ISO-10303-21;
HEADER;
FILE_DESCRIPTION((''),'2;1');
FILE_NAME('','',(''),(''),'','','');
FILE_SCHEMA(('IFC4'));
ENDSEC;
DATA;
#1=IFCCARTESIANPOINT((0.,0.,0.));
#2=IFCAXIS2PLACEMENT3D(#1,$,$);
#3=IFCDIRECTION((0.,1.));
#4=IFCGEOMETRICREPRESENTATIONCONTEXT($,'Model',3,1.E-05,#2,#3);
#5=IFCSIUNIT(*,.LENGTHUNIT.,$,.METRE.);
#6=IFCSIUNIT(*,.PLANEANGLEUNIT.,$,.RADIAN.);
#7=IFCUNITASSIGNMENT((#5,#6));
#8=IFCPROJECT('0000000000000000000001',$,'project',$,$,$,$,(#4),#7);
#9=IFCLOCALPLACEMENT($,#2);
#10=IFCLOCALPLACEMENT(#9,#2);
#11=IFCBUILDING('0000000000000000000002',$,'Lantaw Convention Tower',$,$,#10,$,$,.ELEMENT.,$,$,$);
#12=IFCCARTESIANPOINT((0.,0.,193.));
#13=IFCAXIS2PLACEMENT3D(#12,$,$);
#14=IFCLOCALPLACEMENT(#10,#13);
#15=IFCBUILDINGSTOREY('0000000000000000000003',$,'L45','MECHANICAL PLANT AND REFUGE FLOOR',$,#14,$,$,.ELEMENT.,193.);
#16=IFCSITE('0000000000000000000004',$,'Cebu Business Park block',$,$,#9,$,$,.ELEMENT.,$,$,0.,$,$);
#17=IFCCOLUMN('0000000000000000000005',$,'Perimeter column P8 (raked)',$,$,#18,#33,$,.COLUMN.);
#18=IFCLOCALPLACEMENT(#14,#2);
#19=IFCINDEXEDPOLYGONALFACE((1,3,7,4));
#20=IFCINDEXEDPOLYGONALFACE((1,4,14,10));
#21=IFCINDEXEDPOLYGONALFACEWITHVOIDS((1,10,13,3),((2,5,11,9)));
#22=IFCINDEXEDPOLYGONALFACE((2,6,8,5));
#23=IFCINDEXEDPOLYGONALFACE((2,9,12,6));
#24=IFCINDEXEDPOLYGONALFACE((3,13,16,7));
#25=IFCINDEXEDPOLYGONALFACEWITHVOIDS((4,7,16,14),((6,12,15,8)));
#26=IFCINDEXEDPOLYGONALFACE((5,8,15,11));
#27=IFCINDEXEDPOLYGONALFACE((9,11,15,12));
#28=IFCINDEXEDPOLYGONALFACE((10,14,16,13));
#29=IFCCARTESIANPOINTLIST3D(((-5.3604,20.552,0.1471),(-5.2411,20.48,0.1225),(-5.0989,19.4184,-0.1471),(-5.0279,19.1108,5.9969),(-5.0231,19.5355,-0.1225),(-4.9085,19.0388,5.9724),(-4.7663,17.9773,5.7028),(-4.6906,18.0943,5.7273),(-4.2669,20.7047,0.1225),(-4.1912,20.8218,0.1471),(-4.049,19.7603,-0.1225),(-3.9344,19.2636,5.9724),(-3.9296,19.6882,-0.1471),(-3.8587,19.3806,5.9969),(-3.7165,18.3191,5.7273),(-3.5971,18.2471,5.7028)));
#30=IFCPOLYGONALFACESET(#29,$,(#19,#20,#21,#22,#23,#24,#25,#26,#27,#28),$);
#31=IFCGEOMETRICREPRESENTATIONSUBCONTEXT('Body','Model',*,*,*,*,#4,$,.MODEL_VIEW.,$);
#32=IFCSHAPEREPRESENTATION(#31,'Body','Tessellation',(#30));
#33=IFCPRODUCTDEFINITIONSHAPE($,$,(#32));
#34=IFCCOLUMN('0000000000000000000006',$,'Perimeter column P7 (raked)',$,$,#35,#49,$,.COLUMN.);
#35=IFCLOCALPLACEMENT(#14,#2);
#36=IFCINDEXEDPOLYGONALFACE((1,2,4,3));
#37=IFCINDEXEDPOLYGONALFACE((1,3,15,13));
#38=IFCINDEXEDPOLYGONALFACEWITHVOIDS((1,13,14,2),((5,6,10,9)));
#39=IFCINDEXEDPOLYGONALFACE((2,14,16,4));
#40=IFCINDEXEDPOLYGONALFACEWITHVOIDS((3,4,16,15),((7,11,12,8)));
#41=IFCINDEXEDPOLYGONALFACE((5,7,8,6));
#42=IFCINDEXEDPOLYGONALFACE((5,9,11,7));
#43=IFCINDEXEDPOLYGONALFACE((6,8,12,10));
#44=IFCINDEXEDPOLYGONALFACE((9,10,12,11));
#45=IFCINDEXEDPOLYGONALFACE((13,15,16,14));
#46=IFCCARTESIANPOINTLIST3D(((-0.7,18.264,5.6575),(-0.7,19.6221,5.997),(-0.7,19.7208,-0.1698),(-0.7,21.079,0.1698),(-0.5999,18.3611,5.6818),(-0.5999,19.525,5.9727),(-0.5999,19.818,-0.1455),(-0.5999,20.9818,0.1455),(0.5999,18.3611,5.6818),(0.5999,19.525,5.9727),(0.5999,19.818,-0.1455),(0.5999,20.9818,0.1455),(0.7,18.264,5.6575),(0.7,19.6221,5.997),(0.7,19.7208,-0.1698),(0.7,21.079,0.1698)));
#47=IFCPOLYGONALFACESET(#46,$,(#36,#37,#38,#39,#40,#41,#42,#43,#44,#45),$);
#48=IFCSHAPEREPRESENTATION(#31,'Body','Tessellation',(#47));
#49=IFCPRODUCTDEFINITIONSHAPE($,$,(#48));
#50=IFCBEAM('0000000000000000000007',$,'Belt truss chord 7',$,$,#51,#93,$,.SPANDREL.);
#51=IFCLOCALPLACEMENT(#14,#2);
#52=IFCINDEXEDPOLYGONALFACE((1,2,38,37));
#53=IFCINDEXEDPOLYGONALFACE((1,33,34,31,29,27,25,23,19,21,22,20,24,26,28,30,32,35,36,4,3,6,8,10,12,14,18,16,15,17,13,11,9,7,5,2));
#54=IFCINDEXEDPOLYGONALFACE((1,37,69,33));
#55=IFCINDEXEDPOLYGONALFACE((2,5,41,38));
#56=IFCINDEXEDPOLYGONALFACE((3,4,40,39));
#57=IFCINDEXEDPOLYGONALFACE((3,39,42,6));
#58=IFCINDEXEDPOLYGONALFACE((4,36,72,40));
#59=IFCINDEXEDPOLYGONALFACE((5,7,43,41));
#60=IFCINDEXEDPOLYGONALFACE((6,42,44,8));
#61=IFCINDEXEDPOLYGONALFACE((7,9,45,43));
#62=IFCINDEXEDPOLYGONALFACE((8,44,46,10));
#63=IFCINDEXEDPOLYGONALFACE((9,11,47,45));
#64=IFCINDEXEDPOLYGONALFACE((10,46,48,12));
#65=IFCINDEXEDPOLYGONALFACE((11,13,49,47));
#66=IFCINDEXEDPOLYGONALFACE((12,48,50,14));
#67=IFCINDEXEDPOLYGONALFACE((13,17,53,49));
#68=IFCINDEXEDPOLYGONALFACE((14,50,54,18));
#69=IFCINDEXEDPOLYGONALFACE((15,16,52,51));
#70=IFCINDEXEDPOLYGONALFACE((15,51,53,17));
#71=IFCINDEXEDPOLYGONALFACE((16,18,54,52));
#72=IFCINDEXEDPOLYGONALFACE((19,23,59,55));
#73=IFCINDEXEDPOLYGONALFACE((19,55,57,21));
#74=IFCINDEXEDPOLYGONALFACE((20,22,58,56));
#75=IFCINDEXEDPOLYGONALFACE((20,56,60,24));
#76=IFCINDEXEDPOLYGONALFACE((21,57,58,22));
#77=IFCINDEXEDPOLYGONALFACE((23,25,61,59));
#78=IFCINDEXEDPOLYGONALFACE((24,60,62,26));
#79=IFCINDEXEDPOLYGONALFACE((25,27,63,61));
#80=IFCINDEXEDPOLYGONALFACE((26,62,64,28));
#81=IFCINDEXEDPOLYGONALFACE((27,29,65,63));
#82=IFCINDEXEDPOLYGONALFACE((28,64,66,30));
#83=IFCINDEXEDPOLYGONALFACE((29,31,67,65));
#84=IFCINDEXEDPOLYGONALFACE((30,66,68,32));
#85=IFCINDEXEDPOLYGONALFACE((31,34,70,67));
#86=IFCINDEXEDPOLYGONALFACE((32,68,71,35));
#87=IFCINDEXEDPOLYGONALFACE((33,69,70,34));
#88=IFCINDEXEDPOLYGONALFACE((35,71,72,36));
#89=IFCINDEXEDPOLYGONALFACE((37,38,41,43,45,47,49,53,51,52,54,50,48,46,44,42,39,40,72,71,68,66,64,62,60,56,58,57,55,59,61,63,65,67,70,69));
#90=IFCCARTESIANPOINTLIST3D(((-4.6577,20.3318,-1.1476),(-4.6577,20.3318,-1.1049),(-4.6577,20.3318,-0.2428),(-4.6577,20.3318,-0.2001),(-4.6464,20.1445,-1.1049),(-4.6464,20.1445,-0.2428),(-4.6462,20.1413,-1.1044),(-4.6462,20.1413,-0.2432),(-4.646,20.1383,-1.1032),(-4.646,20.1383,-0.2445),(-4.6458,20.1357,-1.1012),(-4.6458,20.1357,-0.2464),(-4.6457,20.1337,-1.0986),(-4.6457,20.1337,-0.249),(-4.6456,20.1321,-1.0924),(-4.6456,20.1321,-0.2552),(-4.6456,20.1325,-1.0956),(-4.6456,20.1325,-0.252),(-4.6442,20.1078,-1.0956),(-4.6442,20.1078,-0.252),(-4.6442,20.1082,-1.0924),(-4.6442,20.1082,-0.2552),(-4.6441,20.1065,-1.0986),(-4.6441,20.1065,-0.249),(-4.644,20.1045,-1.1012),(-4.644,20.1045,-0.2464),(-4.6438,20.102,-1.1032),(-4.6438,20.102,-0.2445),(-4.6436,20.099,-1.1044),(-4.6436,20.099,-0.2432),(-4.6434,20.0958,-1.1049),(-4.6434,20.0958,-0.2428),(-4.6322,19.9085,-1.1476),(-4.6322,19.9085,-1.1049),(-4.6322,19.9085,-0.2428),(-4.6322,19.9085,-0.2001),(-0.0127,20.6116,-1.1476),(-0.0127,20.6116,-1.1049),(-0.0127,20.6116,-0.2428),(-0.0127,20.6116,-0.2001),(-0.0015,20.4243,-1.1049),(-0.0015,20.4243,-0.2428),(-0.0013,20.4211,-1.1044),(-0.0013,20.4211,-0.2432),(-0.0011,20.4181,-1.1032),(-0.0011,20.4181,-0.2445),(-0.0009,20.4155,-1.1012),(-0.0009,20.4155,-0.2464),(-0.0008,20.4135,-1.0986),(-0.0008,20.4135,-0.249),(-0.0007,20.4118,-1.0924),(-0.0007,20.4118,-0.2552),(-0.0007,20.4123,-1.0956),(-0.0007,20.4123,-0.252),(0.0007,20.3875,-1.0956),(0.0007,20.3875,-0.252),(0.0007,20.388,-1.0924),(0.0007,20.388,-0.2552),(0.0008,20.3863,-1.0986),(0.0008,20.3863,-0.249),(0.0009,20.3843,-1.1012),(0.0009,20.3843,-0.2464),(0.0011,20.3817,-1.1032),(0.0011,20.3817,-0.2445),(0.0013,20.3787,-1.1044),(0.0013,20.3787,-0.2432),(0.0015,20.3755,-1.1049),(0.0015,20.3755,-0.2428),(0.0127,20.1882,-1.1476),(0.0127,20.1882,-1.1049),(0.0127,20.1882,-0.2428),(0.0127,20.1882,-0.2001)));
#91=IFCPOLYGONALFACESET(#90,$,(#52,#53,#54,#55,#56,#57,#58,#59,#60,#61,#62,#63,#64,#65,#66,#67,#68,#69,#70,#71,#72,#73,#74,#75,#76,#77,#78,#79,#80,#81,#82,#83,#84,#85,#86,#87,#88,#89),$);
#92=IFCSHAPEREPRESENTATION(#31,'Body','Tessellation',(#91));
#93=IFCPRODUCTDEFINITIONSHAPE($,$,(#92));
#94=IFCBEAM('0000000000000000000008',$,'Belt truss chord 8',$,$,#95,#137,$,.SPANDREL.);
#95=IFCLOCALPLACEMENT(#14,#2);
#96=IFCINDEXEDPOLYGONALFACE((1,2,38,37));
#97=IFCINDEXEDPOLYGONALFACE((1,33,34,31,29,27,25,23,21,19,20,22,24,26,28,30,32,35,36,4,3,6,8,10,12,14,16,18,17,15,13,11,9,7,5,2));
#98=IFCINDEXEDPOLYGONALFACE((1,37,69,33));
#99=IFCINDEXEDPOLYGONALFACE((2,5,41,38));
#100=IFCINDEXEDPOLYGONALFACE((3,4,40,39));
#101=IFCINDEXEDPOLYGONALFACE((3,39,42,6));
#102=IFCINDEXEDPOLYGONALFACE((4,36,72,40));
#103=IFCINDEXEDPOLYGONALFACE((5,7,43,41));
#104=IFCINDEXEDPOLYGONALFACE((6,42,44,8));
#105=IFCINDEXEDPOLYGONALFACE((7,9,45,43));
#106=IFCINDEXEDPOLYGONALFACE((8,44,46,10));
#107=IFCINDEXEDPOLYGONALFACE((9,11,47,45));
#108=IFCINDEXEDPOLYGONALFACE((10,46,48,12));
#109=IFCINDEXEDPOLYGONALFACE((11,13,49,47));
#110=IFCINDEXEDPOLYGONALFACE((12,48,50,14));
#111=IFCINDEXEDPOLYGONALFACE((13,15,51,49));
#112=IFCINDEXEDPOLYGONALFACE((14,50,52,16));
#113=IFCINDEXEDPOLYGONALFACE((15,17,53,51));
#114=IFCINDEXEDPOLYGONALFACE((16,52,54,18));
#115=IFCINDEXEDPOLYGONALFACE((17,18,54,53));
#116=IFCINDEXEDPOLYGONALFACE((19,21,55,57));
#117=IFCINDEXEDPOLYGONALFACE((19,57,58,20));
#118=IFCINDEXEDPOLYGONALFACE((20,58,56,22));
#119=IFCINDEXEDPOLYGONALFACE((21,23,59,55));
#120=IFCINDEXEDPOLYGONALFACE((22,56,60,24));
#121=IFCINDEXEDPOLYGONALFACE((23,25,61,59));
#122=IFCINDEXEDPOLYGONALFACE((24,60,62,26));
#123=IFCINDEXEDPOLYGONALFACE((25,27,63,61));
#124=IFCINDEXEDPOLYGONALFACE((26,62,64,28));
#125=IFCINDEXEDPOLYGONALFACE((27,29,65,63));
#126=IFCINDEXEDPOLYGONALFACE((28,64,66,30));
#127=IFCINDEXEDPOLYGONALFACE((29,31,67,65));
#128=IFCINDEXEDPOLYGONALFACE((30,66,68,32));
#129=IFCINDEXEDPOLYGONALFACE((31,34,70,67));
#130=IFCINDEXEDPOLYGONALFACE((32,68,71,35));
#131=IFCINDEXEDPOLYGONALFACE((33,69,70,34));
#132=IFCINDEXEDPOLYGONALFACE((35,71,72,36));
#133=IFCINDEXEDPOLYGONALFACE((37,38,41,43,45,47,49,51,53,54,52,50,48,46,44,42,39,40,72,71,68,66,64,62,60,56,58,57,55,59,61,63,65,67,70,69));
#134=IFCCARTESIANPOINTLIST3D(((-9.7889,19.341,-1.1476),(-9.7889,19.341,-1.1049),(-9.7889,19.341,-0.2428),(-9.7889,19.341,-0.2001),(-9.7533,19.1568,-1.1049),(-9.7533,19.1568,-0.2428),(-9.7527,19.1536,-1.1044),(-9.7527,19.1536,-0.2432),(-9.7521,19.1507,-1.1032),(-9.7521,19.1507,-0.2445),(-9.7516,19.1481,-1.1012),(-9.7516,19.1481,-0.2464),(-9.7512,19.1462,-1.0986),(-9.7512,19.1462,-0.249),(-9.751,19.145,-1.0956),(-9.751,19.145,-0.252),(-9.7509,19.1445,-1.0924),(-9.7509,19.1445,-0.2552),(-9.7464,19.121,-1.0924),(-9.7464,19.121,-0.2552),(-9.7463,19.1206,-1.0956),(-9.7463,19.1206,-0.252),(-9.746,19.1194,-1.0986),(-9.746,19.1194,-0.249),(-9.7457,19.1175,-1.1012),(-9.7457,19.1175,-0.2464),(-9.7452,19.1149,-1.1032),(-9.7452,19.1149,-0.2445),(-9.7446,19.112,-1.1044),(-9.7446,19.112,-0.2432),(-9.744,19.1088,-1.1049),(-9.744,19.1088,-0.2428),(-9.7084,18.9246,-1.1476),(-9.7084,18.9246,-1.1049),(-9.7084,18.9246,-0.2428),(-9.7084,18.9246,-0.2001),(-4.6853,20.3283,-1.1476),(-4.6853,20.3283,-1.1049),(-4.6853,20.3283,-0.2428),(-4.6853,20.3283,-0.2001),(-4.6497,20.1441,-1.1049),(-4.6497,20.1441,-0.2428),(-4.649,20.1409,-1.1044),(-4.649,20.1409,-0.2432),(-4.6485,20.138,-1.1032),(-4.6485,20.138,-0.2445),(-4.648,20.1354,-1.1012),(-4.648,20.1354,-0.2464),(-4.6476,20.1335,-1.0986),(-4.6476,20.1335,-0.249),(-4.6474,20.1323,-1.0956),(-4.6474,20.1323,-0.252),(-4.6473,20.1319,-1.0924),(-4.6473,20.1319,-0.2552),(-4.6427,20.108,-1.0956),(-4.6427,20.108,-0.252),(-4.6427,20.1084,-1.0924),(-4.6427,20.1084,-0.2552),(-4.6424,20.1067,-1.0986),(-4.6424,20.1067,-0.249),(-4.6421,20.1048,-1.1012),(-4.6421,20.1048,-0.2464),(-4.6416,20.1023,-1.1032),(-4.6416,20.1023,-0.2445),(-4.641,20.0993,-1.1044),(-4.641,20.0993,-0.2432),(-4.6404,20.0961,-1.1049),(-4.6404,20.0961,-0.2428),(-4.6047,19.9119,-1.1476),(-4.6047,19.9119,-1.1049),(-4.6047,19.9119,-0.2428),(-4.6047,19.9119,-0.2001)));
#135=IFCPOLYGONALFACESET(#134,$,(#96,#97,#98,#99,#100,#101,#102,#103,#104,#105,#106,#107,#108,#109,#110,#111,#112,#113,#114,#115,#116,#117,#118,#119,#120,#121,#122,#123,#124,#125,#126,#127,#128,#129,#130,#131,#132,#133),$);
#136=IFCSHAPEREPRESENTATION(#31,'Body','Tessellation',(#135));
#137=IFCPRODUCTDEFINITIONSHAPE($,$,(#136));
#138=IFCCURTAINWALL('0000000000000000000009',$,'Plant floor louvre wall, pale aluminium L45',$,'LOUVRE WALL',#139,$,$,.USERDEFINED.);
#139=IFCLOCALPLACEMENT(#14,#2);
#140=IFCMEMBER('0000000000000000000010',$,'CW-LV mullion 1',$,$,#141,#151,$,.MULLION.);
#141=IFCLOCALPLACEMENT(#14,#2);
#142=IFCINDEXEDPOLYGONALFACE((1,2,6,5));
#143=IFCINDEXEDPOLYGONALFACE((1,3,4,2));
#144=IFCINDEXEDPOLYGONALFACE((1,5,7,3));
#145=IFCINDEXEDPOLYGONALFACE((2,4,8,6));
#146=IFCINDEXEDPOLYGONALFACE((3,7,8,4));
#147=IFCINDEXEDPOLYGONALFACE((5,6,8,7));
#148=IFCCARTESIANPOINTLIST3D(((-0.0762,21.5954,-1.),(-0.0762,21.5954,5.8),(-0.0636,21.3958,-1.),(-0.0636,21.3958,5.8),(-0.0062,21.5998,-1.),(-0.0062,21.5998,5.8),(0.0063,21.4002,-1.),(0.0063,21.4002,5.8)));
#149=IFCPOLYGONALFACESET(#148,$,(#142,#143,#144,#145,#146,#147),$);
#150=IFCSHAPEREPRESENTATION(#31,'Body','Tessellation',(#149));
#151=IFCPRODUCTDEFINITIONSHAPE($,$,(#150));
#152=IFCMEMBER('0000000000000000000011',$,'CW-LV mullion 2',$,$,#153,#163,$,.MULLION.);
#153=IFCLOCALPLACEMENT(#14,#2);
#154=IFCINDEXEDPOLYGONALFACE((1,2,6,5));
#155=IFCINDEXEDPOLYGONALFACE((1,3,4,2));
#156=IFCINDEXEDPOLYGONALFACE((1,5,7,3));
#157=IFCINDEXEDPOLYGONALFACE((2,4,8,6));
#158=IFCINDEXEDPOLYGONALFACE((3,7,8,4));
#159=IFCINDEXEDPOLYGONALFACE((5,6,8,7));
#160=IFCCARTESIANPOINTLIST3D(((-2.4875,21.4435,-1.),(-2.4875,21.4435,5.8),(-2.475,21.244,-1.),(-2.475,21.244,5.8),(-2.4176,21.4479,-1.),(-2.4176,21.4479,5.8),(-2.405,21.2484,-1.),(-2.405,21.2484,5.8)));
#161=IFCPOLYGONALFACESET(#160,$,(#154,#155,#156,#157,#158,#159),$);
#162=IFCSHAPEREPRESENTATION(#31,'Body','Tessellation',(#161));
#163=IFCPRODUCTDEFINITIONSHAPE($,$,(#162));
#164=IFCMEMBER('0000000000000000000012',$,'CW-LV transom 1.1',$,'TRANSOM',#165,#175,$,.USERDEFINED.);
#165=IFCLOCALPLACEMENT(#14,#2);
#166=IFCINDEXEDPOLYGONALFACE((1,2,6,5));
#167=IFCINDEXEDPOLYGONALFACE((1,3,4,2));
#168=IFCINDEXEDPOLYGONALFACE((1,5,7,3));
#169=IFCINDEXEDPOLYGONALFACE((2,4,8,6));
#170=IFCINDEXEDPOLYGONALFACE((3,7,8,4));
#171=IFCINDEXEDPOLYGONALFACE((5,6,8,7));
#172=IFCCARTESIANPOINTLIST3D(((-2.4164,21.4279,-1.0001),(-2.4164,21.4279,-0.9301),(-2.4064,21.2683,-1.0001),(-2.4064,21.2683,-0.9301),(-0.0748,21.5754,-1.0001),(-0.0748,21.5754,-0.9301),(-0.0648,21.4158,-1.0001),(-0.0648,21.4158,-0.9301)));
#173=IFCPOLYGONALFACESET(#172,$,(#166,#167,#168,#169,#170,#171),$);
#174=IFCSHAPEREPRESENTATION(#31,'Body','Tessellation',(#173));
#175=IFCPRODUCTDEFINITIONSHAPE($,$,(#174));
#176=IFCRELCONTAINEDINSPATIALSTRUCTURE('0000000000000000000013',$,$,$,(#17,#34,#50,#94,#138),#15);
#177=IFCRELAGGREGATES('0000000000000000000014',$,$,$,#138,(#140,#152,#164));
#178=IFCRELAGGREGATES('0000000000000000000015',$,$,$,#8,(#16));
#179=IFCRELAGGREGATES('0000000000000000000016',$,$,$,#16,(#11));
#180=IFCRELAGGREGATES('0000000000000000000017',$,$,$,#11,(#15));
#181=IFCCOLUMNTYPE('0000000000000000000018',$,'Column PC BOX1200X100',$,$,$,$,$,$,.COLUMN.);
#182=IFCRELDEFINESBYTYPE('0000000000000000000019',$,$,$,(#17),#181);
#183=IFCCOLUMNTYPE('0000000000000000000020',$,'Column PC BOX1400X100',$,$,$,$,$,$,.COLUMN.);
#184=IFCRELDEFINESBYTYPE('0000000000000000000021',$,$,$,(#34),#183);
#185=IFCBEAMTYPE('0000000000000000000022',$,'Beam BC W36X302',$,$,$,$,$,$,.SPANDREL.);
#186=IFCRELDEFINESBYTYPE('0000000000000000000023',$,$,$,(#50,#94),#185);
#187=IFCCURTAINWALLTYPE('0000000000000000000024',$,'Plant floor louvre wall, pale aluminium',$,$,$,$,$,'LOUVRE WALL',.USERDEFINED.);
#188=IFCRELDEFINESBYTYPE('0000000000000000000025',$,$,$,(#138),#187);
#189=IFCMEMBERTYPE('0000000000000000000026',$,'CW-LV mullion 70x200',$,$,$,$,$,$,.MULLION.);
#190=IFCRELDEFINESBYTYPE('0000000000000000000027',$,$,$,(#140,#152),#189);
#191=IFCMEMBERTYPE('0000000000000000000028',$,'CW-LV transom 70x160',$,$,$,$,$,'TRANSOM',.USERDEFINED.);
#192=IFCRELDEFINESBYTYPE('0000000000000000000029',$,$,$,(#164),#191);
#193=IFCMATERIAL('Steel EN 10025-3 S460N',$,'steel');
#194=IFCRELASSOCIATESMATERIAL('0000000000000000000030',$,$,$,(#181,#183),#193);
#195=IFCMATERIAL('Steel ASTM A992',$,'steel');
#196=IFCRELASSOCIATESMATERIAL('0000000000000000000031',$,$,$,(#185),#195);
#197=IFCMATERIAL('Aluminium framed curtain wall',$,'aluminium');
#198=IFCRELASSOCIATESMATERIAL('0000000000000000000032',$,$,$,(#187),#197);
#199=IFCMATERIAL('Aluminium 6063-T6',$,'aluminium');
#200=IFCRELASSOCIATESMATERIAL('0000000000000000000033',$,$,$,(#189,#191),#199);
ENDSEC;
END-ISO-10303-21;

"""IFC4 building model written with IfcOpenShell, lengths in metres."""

from ifc_helpers import new_model, si_unit, direction, frame, origin, origin_2d, place, context, subcontext, project, spatial, rectangle, hollow_rectangle, i_section, extrude, material, material_profile, profile_set, type_object, element, aggregate, save


model = new_model("IFC4")

# Units and contexts
model_context = context("Model", 3, precision=1e-05, world=origin(), true_north=direction((0.0, 1.0)))
body_context = subcontext(model_context, "Body", "Model", "MODEL_VIEW")
ifc_project = project(units=[si_unit("LENGTHUNIT", "METRE"), si_unit("PLANEANGLEUNIT", "RADIAN")], contexts=[model_context])

# Site, building, storey
site_placement = place(None, origin())
site = spatial("IfcSite", under=ifc_project, at=site_placement, Name="Cebu Business Park block", CompositionType="ELEMENT", RefElevation=0.0)
building_placement = place(site_placement, origin())
building = spatial("IfcBuilding", under=site, at=building_placement, Name="Lantaw Convention Tower", CompositionType="ELEMENT")
storey_placement = place(building_placement, frame((0.0, 0.0, 193.0)))
storey = spatial("IfcBuildingStorey", under=building, at=storey_placement, Name="L45", Description="MECHANICAL PLANT AND REFUGE FLOOR", CompositionType="ELEMENT", Elevation=193.0)

# Columns
ifc_material_1 = material(Name="Steel EN 10025-3 S460N", Category="steel")
ifc_material_profile_1 = material_profile(ifc_material_1, hollow_rectangle(XDim=1.2, YDim=1.2, WallThickness=0.1001, at=origin_2d()), Name="BOX1200X100")
ifc_material_2 = material(Name="Concrete C60/75", Category="concrete")
ifc_material_profile_2 = material_profile(ifc_material_2, rectangle(XDim=1.0, YDim=1.0, at=origin_2d()), Name="Concrete fill of BOX1200X100")
ifc_profile_set_1 = profile_set([ifc_material_profile_1, ifc_material_profile_2], Name="Steel EN 10025-3 S460N")
column_type_1 = type_object("IfcColumnType", Name="Column PC BOX1200X100", PredefinedType="COLUMN", material=ifc_profile_set_1)
column_1_placement = place(storey_placement, frame((-4.645, 20.1201, 0.0), z_axis=(0.055108, -0.238843, 0.969493), x_axis=(0.9744, 0.224823, 0.0)))
element("IfcColumn", 1, at=column_1_placement, inside=storey, type_object=column_type_1, Name="Perimeter column P8 (raked)", PredefinedType="COLUMN", context=body_context, shape_type="SweptSolid", body=[
    extrude(hollow_rectangle(XDim=1.2, YDim=1.2, WallThickness=0.1001, at=origin_2d()), origin(), (0.0, 0.0, 1.0), 6.0339),
])
ifc_material_profile_3 = material_profile(ifc_material_1, hollow_rectangle(XDim=1.3999, YDim=1.3999, WallThickness=0.1001, at=origin_2d()), Name="BOX1400X100")
ifc_material_profile_4 = material_profile(ifc_material_2, rectangle(XDim=1.2, YDim=1.2, at=origin_2d()), Name="Concrete fill of BOX1400X100")
ifc_profile_set_2 = profile_set([ifc_material_profile_3, ifc_material_profile_4], Name="Steel EN 10025-3 S460N")
column_type_2 = type_object("IfcColumnType", Name="Column PC BOX1400X100", PredefinedType="COLUMN", material=ifc_profile_set_2)
column_2_placement = place(storey_placement, frame((0.0, 20.3999, 0.0), z_axis=(0.0, -0.242536, 0.970143), x_axis=(1.0, 0.0, 0.0)))
element("IfcColumn", 2, at=column_2_placement, inside=storey, type_object=column_type_2, Name="Perimeter column P7 (raked)", PredefinedType="COLUMN", context=body_context, shape_type="SweptSolid", body=[
    extrude(hollow_rectangle(XDim=1.3999, YDim=1.3999, WallThickness=0.1001, at=origin_2d()), origin(), (0.0, 0.0, 1.0), 6.0066),
])

# Beams
ifc_material_3 = material(Name="Steel ASTM A992", Category="steel")
ifc_material_profile_5 = material_profile(ifc_material_3, i_section(OverallWidth=0.4241, OverallDepth=0.9475, WebThickness=0.0239, FlangeThickness=0.0427, FilletRadius=0.0125, at=origin_2d()), Name="W36X302")
ifc_profile_set_3 = profile_set([ifc_material_profile_5], Name="Steel ASTM A992")
beam_type = type_object("IfcBeamType", Name="Beam BC W36X302", PredefinedType="SPANDREL", material=ifc_profile_set_3)
beam_1_placement = place(storey_placement, frame((0.0, 20.3999, -0.6738), z_axis=(-0.998191, -0.060124, 0.0), x_axis=(0.060124, -0.998191, 0.0)))
element("IfcBeam", 3, at=beam_1_placement, inside=storey, type_object=beam_type, Name="Belt truss chord 7", PredefinedType="SPANDREL", context=body_context, shape_type="SweptSolid", body=[
    extrude(i_section(OverallWidth=0.4241, OverallDepth=0.9475, WebThickness=0.0239, FlangeThickness=0.0427, FilletRadius=0.0125, at=origin_2d()), origin(), (0.0, 0.0, 1.0), 4.6533),
])
beam_2_placement = place(storey_placement, frame((-4.645, 20.1201, -0.6738), z_axis=(-0.981797, -0.189934, 0.0), x_axis=(0.189934, -0.981797, 0.0)))
element("IfcBeam", 4, at=beam_2_placement, inside=storey, type_object=beam_type, Name="Belt truss chord 8", PredefinedType="SPANDREL", context=body_context, shape_type="SweptSolid", body=[
    extrude(i_section(OverallWidth=0.4241, OverallDepth=0.9475, WebThickness=0.0239, FlangeThickness=0.0427, FilletRadius=0.0125, at=origin_2d()), origin(), (0.0, 0.0, 1.0), 5.1982),
])

# Curtain wall, members
ifc_material_4 = material(Name="Aluminium framed curtain wall", Category="aluminium")
curtain_wall_type = type_object("IfcCurtainWallType", Name="Plant floor louvre wall, pale aluminium", ElementType="LOUVRE WALL", PredefinedType="USERDEFINED", material=ifc_material_4)
curtain_wall_placement = place(storey_placement, origin())
curtain_wall = element("IfcCurtainWall", 5, at=curtain_wall_placement, inside=storey, type_object=curtain_wall_type, Name="Plant floor louvre wall, pale aluminium L45", ObjectType="LOUVRE WALL", PredefinedType="USERDEFINED")
ifc_material_5 = material(Name="Aluminium 6063-T6", Category="aluminium")
ifc_material_profile_6 = material_profile(ifc_material_5, rectangle(XDim=0.2, YDim=0.0701, at=origin_2d()), Name="CW-LV mullion 70x200")
ifc_profile_set_4 = profile_set([ifc_material_profile_6], Name="Aluminium 6063-T6")
member_type_1 = type_object("IfcMemberType", Name="CW-LV mullion 70x200", PredefinedType="MULLION", material=ifc_profile_set_4)
member_1_placement = place(storey_placement, frame((-0.0349, 21.4978, -1.0), z_axis=(0.0, 0.0, 1.0), x_axis=(0.062865, -0.998022, 0.0)))
member_1 = element("IfcMember", 6, at=member_1_placement, type_object=member_type_1, Name="CW-LV mullion 1", PredefinedType="MULLION", context=body_context, shape_type="SweptSolid", body=[
    extrude(rectangle(XDim=0.2, YDim=0.0701, at=origin_2d()), origin(), (0.0, 0.0, 1.0), 6.8),
])
member_2_placement = place(storey_placement, frame((-2.4463, 21.3459, -1.0), z_axis=(0.0, 0.0, 1.0), x_axis=(0.062865, -0.998022, 0.0)))
member_2 = element("IfcMember", 7, at=member_2_placement, type_object=member_type_1, Name="CW-LV mullion 2", PredefinedType="MULLION", context=body_context, shape_type="SweptSolid", body=[
    extrude(rectangle(XDim=0.2, YDim=0.0701, at=origin_2d()), origin(), (0.0, 0.0, 1.0), 6.8),
])
ifc_material_profile_7 = material_profile(ifc_material_5, rectangle(XDim=0.1599, YDim=0.0701, at=origin_2d()), Name="CW-LV transom 70x160")
ifc_profile_set_5 = profile_set([ifc_material_profile_7], Name="Aluminium 6063-T6")
member_type_2 = type_object("IfcMemberType", Name="CW-LV transom 70x160", ElementType="TRANSOM", PredefinedType="USERDEFINED", material=ifc_profile_set_5)
member_3_placement = place(storey_placement, frame((-0.0698, 21.4956, -0.9651), z_axis=(-0.998023, -0.062851, 0.0), x_axis=(0.062851, -0.998023, 0.0)))
member_3 = element("IfcMember", 8, at=member_3_placement, type_object=member_type_2, Name="CW-LV transom 1.1", ObjectType="TRANSOM", PredefinedType="USERDEFINED", context=body_context, shape_type="SweptSolid", body=[
    extrude(rectangle(XDim=0.1599, YDim=0.0701, at=origin_2d()), origin(), (0.0, 0.0, 1.0), 2.3462),
])

aggregate(curtain_wall, [member_1, member_2, member_3])

save(model, "model.ifc")
